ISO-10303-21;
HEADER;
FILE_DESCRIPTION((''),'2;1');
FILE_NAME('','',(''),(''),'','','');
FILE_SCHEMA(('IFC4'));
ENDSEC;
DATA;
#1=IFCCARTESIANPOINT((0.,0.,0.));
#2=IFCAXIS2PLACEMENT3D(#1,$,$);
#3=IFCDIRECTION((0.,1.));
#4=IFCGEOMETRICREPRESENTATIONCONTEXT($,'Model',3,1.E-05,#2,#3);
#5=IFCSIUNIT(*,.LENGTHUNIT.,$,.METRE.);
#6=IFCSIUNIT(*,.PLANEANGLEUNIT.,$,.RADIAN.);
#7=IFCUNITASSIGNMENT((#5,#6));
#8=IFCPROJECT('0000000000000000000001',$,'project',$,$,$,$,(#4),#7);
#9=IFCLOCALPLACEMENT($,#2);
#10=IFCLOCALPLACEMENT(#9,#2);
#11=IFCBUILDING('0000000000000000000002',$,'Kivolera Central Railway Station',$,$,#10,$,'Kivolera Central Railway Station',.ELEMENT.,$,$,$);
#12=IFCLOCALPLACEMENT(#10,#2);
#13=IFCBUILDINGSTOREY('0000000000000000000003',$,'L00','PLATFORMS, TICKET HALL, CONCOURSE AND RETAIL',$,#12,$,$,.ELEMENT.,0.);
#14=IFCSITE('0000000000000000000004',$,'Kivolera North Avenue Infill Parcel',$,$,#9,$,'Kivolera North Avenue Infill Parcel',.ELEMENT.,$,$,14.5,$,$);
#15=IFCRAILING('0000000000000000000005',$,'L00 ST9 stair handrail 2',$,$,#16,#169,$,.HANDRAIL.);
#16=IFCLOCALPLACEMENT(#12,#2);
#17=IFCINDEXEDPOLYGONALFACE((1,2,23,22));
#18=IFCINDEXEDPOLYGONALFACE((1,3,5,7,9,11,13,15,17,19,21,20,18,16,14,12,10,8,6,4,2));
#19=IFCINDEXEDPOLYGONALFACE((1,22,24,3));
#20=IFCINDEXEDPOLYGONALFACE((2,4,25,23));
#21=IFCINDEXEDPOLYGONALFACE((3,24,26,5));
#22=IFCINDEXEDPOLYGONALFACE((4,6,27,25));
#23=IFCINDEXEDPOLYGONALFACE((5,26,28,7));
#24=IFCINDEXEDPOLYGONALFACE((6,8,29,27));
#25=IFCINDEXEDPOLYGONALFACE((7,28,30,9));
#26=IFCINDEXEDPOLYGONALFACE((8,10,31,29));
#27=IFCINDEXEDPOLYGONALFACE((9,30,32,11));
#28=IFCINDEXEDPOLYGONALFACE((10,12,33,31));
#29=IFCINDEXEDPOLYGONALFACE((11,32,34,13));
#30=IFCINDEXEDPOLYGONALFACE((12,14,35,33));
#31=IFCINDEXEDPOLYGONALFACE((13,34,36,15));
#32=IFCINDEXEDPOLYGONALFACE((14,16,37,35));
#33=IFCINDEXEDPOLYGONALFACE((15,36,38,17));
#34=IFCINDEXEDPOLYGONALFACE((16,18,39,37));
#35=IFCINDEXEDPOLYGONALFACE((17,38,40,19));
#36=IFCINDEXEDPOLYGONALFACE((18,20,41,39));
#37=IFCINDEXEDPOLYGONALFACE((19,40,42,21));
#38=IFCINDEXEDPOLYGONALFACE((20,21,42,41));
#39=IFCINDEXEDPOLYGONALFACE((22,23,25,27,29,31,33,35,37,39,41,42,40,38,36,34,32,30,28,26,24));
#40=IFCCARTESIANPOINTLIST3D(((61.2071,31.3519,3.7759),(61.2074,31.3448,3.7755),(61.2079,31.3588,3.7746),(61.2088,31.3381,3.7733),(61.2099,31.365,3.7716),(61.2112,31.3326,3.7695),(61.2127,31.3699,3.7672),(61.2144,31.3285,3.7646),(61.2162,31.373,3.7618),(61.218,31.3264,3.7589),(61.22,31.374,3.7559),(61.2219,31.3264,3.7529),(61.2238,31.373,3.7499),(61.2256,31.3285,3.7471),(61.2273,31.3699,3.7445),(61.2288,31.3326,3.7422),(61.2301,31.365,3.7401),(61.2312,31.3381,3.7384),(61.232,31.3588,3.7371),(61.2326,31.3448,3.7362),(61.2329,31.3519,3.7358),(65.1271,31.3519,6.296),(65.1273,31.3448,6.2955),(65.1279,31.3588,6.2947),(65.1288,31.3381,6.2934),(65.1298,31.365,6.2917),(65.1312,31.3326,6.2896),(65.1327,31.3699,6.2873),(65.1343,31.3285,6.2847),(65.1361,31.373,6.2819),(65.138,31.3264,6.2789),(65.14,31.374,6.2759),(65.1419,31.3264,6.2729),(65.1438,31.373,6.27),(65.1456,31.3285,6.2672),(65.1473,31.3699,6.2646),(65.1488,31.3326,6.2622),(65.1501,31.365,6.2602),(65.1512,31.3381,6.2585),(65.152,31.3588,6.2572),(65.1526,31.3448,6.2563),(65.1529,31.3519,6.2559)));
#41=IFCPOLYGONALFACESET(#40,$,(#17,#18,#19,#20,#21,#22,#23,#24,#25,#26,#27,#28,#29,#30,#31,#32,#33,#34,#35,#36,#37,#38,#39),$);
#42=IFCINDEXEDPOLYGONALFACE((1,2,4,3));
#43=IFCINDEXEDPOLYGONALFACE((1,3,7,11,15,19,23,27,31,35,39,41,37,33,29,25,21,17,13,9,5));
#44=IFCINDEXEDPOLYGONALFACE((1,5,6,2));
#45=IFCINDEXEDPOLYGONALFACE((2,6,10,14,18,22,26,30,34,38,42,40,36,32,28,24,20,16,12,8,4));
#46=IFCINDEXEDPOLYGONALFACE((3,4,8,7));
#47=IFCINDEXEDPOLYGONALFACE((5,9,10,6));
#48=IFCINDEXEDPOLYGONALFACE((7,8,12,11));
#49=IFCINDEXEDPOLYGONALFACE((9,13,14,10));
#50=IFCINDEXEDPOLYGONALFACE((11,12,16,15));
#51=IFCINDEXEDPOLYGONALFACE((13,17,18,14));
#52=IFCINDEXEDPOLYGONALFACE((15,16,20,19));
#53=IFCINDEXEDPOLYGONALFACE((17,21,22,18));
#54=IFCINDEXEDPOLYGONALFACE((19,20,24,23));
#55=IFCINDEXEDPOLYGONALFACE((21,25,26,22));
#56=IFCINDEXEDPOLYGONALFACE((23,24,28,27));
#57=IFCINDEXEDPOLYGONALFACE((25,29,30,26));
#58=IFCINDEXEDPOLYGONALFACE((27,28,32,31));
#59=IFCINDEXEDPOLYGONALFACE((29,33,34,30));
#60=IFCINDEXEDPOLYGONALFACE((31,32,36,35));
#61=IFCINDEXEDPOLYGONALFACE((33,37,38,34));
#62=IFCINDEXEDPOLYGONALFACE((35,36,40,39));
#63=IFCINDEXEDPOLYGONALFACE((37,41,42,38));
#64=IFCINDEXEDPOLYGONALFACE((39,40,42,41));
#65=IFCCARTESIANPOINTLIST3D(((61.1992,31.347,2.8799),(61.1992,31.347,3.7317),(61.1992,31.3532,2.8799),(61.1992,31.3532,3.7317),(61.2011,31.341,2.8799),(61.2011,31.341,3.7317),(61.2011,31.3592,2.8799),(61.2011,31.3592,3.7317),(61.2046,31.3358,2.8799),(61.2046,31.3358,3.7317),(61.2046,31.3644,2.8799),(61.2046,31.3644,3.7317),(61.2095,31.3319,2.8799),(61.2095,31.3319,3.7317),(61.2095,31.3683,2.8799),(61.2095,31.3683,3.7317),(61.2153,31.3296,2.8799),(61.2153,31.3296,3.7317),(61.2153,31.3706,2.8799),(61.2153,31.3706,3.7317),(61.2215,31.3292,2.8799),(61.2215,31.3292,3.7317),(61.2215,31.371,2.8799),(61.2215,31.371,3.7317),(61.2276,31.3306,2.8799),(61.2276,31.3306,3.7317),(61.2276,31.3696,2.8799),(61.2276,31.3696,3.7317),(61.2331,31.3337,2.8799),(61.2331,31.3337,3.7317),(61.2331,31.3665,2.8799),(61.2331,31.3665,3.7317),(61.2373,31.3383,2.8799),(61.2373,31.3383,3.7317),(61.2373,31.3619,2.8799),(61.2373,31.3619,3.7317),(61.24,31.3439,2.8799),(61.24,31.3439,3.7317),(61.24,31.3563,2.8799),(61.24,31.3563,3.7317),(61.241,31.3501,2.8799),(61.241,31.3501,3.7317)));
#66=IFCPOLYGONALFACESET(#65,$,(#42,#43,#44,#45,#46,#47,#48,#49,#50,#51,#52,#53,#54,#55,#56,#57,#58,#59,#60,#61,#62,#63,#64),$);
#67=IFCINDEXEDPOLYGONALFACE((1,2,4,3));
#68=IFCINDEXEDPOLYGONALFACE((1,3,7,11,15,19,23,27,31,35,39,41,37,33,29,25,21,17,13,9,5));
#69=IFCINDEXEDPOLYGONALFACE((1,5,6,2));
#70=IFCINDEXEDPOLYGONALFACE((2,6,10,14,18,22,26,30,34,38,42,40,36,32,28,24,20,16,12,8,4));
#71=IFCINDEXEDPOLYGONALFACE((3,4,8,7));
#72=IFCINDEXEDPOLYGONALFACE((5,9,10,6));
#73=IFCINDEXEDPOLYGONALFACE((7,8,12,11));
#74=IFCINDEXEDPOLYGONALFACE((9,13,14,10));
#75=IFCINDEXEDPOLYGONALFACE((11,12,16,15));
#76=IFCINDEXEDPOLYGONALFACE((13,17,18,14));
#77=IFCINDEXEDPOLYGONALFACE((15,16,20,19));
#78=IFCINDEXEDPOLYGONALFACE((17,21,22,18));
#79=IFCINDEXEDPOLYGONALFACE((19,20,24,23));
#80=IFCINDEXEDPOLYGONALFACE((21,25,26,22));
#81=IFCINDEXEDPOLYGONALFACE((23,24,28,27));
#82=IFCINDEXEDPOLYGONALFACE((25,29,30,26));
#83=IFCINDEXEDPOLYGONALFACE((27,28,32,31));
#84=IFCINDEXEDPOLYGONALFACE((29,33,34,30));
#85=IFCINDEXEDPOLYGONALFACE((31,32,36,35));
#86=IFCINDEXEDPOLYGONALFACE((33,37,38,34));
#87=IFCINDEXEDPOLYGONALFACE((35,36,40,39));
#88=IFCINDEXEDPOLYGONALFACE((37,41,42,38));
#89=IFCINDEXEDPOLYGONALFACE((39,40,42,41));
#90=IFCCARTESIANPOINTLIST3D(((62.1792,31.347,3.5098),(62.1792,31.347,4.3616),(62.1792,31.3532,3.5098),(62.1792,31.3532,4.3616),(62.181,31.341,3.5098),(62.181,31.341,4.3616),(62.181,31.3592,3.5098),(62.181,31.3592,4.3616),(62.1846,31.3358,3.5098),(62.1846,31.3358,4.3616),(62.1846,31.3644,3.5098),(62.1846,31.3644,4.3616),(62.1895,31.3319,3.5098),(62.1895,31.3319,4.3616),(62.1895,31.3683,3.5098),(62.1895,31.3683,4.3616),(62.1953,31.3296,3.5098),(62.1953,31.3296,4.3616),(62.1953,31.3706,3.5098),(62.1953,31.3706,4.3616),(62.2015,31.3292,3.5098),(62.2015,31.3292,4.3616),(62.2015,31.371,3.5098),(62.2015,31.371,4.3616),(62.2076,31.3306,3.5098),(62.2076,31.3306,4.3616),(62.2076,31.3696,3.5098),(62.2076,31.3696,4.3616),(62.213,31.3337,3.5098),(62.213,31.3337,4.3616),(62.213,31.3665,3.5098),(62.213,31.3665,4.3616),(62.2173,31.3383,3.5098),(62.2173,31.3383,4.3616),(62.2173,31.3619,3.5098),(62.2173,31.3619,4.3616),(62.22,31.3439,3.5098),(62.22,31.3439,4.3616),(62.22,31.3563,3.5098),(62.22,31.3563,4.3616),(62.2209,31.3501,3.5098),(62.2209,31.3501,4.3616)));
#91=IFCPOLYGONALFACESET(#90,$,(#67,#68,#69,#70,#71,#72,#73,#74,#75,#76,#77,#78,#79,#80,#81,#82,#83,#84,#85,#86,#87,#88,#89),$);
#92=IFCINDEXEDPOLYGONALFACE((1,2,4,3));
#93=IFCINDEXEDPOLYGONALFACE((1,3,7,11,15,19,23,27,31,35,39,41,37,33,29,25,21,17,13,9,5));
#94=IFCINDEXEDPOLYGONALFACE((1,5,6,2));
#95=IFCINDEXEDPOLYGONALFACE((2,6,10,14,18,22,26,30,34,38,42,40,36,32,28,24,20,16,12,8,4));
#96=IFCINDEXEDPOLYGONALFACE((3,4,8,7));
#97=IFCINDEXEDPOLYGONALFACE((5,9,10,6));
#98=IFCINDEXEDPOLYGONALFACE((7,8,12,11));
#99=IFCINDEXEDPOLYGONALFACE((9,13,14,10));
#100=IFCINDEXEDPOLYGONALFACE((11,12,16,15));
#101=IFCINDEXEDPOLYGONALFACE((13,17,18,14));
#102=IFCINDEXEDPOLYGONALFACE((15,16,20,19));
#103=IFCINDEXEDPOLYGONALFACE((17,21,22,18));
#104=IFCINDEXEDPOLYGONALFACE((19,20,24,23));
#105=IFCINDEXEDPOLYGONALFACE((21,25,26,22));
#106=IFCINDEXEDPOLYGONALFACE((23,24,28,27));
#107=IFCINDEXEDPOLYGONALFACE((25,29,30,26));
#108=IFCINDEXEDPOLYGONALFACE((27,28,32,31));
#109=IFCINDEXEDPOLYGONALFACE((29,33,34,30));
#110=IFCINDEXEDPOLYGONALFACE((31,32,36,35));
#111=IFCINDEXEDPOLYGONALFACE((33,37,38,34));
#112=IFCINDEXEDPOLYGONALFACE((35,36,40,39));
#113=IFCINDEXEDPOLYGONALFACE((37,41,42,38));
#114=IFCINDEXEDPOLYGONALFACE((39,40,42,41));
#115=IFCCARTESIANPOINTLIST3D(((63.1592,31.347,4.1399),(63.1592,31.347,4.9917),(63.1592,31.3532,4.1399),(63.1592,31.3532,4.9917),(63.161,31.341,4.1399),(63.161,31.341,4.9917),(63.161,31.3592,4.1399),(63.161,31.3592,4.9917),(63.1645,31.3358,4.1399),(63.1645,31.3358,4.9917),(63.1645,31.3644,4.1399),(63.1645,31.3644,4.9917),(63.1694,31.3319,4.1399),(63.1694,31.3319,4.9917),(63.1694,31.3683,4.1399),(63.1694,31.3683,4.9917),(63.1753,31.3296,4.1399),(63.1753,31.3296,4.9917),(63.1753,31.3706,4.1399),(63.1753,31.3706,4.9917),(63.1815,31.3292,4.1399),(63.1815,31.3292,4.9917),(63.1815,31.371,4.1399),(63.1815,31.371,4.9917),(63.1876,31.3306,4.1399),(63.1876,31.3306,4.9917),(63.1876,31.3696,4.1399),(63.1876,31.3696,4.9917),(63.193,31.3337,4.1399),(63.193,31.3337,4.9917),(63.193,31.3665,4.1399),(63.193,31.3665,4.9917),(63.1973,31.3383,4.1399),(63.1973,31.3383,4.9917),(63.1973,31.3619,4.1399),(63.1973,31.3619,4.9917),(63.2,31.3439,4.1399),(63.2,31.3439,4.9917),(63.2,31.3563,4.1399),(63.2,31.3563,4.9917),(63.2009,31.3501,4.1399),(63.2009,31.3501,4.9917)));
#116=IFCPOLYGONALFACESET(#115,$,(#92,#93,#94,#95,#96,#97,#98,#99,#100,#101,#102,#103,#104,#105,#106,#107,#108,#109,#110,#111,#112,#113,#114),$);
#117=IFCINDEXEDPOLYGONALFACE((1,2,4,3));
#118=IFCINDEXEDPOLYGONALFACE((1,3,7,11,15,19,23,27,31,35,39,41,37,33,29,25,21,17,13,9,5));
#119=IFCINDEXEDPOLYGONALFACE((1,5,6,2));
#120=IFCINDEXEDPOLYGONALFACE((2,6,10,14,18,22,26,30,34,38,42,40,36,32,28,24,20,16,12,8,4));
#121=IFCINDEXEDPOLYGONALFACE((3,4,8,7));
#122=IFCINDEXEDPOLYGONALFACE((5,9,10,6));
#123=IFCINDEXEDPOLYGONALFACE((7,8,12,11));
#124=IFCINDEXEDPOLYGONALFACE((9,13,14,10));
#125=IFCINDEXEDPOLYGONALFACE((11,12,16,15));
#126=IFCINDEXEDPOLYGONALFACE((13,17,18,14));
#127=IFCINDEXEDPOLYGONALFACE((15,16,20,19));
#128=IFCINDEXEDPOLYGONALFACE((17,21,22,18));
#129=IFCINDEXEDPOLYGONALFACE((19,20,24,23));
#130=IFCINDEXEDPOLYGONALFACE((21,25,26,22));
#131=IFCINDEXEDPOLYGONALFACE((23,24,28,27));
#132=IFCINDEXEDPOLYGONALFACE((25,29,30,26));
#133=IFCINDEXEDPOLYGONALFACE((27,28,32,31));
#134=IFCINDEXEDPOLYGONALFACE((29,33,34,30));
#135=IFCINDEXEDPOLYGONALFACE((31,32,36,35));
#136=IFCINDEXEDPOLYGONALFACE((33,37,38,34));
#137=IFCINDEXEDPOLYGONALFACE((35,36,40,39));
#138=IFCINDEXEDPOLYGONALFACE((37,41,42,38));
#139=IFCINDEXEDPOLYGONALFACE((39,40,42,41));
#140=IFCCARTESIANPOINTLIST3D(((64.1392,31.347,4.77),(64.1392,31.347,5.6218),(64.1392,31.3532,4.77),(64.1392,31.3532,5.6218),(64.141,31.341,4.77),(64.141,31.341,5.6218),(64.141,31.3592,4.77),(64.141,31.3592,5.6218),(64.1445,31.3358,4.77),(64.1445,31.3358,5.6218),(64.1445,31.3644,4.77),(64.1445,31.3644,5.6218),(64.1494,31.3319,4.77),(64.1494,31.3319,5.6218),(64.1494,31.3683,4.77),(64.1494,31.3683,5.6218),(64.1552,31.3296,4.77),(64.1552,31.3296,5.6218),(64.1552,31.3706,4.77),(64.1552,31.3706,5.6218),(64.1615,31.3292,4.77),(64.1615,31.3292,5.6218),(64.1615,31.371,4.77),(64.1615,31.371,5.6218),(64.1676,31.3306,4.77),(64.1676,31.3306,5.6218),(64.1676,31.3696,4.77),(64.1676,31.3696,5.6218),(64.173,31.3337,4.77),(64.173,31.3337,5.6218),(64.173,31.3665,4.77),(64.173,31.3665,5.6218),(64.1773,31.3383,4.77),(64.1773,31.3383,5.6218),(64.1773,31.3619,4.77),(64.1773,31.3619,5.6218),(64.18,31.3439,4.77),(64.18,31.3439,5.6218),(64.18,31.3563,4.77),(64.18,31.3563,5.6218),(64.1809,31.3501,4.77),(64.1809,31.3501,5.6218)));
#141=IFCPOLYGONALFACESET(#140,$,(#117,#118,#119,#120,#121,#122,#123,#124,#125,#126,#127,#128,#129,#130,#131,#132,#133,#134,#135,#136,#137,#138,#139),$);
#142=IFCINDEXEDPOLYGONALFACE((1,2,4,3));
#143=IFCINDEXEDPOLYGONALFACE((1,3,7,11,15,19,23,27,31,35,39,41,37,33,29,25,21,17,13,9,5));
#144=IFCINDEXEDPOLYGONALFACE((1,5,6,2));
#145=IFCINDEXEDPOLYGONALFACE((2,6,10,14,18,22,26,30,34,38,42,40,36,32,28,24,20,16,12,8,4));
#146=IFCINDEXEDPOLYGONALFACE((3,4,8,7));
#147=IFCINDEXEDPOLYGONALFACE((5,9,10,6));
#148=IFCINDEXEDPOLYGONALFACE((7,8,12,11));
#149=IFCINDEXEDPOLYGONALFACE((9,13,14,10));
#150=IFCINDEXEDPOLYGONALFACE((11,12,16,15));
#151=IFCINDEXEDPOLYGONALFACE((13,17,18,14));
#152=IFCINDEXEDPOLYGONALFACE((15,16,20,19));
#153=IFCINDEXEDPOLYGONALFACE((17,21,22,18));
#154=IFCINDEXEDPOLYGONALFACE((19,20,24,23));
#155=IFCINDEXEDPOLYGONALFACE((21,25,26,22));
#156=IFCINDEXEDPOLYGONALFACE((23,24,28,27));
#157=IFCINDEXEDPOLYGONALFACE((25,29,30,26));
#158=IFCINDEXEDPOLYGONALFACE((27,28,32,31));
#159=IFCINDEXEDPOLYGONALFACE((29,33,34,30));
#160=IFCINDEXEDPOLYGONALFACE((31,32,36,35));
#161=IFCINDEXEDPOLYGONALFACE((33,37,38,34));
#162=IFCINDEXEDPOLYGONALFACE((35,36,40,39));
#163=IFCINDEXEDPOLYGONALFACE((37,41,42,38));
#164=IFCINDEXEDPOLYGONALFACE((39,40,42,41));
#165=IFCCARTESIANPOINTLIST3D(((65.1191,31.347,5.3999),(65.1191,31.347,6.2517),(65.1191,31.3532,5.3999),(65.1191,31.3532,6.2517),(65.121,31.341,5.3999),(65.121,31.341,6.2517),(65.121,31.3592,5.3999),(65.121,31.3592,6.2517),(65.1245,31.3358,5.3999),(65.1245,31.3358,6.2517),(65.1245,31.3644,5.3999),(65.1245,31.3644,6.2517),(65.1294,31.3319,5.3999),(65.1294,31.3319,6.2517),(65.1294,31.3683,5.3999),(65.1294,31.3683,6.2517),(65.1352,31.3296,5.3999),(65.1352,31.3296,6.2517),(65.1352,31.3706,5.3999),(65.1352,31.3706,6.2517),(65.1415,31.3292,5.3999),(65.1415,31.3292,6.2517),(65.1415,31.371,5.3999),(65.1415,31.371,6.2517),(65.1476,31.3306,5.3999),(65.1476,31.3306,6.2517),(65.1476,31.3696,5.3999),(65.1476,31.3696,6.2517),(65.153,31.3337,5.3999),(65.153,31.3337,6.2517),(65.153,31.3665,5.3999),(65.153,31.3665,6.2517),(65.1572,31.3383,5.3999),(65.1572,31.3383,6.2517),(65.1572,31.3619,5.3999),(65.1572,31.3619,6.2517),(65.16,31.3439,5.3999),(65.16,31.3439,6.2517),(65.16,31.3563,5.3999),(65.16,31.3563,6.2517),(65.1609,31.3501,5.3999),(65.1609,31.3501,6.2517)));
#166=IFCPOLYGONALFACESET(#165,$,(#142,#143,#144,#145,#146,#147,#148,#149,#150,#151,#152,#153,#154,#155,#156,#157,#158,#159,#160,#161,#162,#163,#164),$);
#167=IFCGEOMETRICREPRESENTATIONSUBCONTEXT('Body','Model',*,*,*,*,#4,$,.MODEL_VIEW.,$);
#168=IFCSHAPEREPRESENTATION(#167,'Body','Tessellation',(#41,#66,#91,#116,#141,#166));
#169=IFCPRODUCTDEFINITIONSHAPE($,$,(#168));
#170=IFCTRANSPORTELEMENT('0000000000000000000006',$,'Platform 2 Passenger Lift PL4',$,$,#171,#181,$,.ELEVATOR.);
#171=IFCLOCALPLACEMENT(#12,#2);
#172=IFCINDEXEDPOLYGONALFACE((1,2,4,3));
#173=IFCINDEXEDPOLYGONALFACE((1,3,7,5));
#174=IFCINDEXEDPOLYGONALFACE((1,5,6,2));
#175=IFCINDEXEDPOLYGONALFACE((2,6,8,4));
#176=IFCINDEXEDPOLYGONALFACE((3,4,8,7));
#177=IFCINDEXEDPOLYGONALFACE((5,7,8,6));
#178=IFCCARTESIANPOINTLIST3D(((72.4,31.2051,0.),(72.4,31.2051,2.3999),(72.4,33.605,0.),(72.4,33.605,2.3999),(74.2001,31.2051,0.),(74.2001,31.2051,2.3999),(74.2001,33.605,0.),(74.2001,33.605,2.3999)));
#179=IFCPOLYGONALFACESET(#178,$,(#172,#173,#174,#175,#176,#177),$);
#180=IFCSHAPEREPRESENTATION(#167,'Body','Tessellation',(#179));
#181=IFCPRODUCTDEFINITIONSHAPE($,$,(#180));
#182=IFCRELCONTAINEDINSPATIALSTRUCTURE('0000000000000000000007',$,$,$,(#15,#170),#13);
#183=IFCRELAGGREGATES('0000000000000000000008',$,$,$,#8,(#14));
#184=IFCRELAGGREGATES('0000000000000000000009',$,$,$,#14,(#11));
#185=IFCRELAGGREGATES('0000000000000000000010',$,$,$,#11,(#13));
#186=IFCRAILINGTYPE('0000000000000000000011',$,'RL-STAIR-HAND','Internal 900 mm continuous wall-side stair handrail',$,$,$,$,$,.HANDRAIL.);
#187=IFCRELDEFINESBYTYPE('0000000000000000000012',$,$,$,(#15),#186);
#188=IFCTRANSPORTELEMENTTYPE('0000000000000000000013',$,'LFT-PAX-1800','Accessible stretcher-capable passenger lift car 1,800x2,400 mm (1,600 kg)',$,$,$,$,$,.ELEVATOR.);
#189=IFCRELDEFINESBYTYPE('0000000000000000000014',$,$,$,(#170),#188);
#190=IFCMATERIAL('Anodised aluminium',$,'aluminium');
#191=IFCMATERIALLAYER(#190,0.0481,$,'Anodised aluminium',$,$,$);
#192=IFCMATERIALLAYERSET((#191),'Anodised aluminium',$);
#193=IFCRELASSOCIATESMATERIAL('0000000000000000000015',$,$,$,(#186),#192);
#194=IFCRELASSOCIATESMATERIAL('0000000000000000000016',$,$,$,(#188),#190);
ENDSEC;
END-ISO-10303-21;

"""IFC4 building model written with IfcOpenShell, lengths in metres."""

from ifc_helpers import new_model, si_unit, direction, frame, origin, origin_2d, place, context, subcontext, project, spatial, rectangle, circle, extrude, material, layer, layer_set, type_object, element, save


model = new_model("IFC4")

# Units and contexts
model_context = context("Model", 3, precision=1e-05, world=origin(), true_north=direction((0.0, 1.0)))
body_context = subcontext(model_context, "Body", "Model", "MODEL_VIEW")
ifc_project = project(units=[si_unit("LENGTHUNIT", "METRE"), si_unit("PLANEANGLEUNIT", "RADIAN")], contexts=[model_context])

# Site, building, storey
site_placement = place(None, origin())
site = spatial("IfcSite", under=ifc_project, at=site_placement, Name="Kivolera North Avenue Infill Parcel", LongName="Kivolera North Avenue Infill Parcel", CompositionType="ELEMENT", RefElevation=14.5)
building_placement = place(site_placement, origin())
building = spatial("IfcBuilding", under=site, at=building_placement, Name="Kivolera Central Railway Station", LongName="Kivolera Central Railway Station", CompositionType="ELEMENT")
storey_placement = place(building_placement, origin())
storey = spatial("IfcBuildingStorey", under=building, at=storey_placement, Name="L00", Description="PLATFORMS, TICKET HALL, CONCOURSE AND RETAIL", CompositionType="ELEMENT", Elevation=0.0)

# Shared definitions
ifc_material_1 = material(Name="Anodised aluminium", Category="aluminium")

# Railing
ifc_layer_1 = layer(ifc_material_1, 0.0481, Name="Anodised aluminium")
ifc_layer_set_1 = layer_set([ifc_layer_1], Name="Anodised aluminium")
railing_type_1 = type_object("IfcRailingType", Name="RL-STAIR-HAND", Description="Internal 900 mm continuous wall-side stair handrail", PredefinedType="HANDRAIL", material=ifc_layer_set_1)
railing_1_placement = place(storey_placement, frame((61.22, 31.3501, 2.8799)))
element("IfcRailing", 1, at=railing_1_placement, inside=storey, type_object=railing_type_1, Name="L00 ST9 stair handrail 2", PredefinedType="HANDRAIL", context=body_context, shape_type="SweptSolid", body=[
    extrude(circle(Radius=0.0239, at=origin_2d()), frame((0.0, 0.0, 0.876), z_axis=(0.841172, 0.0, 0.540768), x_axis=(0.0, 1.0, 0.0)), (0.0, 0.0, 1.0), 4.6602),
    extrude(circle(Radius=0.021, at=origin_2d()), origin(), (0.0, 0.0, 1.0), 0.8518),
    extrude(circle(Radius=0.021, at=origin_2d()), frame((0.98, 0.0, 0.6299)), (0.0, 0.0, 1.0), 0.8518),
    extrude(circle(Radius=0.021, at=origin_2d()), frame((1.96, 0.0, 1.26)), (0.0, 0.0, 1.0), 0.8518),
    extrude(circle(Radius=0.021, at=origin_2d()), frame((2.9399, 0.0, 1.8901)), (0.0, 0.0, 1.0), 0.8518),
    extrude(circle(Radius=0.021, at=origin_2d()), frame((3.9199, 0.0, 2.52)), (0.0, 0.0, 1.0), 0.8518),
])

# Transport element
transport_element_type = type_object("IfcTransportElementType", Name="LFT-PAX-1800", Description="Accessible stretcher-capable passenger lift car 1,800x2,400 mm (1,600 kg)", PredefinedType="ELEVATOR", material=ifc_material_1)
transport_element_placement = place(storey_placement, frame((73.3, 32.405, 0.0), z_axis=(0.0, 0.0, 1.0), x_axis=(1.0, 0.0, 0.0)))
element("IfcTransportElement", 2, at=transport_element_placement, inside=storey, type_object=transport_element_type, Name="Platform 2 Passenger Lift PL4", PredefinedType="ELEVATOR", context=body_context, shape_type="SweptSolid", body=[
    extrude(rectangle(XDim=1.8, YDim=2.3999, at=origin_2d()), origin(), (0.0, 0.0, 1.0), 2.3999),
])

save(model, "model.ifc")
